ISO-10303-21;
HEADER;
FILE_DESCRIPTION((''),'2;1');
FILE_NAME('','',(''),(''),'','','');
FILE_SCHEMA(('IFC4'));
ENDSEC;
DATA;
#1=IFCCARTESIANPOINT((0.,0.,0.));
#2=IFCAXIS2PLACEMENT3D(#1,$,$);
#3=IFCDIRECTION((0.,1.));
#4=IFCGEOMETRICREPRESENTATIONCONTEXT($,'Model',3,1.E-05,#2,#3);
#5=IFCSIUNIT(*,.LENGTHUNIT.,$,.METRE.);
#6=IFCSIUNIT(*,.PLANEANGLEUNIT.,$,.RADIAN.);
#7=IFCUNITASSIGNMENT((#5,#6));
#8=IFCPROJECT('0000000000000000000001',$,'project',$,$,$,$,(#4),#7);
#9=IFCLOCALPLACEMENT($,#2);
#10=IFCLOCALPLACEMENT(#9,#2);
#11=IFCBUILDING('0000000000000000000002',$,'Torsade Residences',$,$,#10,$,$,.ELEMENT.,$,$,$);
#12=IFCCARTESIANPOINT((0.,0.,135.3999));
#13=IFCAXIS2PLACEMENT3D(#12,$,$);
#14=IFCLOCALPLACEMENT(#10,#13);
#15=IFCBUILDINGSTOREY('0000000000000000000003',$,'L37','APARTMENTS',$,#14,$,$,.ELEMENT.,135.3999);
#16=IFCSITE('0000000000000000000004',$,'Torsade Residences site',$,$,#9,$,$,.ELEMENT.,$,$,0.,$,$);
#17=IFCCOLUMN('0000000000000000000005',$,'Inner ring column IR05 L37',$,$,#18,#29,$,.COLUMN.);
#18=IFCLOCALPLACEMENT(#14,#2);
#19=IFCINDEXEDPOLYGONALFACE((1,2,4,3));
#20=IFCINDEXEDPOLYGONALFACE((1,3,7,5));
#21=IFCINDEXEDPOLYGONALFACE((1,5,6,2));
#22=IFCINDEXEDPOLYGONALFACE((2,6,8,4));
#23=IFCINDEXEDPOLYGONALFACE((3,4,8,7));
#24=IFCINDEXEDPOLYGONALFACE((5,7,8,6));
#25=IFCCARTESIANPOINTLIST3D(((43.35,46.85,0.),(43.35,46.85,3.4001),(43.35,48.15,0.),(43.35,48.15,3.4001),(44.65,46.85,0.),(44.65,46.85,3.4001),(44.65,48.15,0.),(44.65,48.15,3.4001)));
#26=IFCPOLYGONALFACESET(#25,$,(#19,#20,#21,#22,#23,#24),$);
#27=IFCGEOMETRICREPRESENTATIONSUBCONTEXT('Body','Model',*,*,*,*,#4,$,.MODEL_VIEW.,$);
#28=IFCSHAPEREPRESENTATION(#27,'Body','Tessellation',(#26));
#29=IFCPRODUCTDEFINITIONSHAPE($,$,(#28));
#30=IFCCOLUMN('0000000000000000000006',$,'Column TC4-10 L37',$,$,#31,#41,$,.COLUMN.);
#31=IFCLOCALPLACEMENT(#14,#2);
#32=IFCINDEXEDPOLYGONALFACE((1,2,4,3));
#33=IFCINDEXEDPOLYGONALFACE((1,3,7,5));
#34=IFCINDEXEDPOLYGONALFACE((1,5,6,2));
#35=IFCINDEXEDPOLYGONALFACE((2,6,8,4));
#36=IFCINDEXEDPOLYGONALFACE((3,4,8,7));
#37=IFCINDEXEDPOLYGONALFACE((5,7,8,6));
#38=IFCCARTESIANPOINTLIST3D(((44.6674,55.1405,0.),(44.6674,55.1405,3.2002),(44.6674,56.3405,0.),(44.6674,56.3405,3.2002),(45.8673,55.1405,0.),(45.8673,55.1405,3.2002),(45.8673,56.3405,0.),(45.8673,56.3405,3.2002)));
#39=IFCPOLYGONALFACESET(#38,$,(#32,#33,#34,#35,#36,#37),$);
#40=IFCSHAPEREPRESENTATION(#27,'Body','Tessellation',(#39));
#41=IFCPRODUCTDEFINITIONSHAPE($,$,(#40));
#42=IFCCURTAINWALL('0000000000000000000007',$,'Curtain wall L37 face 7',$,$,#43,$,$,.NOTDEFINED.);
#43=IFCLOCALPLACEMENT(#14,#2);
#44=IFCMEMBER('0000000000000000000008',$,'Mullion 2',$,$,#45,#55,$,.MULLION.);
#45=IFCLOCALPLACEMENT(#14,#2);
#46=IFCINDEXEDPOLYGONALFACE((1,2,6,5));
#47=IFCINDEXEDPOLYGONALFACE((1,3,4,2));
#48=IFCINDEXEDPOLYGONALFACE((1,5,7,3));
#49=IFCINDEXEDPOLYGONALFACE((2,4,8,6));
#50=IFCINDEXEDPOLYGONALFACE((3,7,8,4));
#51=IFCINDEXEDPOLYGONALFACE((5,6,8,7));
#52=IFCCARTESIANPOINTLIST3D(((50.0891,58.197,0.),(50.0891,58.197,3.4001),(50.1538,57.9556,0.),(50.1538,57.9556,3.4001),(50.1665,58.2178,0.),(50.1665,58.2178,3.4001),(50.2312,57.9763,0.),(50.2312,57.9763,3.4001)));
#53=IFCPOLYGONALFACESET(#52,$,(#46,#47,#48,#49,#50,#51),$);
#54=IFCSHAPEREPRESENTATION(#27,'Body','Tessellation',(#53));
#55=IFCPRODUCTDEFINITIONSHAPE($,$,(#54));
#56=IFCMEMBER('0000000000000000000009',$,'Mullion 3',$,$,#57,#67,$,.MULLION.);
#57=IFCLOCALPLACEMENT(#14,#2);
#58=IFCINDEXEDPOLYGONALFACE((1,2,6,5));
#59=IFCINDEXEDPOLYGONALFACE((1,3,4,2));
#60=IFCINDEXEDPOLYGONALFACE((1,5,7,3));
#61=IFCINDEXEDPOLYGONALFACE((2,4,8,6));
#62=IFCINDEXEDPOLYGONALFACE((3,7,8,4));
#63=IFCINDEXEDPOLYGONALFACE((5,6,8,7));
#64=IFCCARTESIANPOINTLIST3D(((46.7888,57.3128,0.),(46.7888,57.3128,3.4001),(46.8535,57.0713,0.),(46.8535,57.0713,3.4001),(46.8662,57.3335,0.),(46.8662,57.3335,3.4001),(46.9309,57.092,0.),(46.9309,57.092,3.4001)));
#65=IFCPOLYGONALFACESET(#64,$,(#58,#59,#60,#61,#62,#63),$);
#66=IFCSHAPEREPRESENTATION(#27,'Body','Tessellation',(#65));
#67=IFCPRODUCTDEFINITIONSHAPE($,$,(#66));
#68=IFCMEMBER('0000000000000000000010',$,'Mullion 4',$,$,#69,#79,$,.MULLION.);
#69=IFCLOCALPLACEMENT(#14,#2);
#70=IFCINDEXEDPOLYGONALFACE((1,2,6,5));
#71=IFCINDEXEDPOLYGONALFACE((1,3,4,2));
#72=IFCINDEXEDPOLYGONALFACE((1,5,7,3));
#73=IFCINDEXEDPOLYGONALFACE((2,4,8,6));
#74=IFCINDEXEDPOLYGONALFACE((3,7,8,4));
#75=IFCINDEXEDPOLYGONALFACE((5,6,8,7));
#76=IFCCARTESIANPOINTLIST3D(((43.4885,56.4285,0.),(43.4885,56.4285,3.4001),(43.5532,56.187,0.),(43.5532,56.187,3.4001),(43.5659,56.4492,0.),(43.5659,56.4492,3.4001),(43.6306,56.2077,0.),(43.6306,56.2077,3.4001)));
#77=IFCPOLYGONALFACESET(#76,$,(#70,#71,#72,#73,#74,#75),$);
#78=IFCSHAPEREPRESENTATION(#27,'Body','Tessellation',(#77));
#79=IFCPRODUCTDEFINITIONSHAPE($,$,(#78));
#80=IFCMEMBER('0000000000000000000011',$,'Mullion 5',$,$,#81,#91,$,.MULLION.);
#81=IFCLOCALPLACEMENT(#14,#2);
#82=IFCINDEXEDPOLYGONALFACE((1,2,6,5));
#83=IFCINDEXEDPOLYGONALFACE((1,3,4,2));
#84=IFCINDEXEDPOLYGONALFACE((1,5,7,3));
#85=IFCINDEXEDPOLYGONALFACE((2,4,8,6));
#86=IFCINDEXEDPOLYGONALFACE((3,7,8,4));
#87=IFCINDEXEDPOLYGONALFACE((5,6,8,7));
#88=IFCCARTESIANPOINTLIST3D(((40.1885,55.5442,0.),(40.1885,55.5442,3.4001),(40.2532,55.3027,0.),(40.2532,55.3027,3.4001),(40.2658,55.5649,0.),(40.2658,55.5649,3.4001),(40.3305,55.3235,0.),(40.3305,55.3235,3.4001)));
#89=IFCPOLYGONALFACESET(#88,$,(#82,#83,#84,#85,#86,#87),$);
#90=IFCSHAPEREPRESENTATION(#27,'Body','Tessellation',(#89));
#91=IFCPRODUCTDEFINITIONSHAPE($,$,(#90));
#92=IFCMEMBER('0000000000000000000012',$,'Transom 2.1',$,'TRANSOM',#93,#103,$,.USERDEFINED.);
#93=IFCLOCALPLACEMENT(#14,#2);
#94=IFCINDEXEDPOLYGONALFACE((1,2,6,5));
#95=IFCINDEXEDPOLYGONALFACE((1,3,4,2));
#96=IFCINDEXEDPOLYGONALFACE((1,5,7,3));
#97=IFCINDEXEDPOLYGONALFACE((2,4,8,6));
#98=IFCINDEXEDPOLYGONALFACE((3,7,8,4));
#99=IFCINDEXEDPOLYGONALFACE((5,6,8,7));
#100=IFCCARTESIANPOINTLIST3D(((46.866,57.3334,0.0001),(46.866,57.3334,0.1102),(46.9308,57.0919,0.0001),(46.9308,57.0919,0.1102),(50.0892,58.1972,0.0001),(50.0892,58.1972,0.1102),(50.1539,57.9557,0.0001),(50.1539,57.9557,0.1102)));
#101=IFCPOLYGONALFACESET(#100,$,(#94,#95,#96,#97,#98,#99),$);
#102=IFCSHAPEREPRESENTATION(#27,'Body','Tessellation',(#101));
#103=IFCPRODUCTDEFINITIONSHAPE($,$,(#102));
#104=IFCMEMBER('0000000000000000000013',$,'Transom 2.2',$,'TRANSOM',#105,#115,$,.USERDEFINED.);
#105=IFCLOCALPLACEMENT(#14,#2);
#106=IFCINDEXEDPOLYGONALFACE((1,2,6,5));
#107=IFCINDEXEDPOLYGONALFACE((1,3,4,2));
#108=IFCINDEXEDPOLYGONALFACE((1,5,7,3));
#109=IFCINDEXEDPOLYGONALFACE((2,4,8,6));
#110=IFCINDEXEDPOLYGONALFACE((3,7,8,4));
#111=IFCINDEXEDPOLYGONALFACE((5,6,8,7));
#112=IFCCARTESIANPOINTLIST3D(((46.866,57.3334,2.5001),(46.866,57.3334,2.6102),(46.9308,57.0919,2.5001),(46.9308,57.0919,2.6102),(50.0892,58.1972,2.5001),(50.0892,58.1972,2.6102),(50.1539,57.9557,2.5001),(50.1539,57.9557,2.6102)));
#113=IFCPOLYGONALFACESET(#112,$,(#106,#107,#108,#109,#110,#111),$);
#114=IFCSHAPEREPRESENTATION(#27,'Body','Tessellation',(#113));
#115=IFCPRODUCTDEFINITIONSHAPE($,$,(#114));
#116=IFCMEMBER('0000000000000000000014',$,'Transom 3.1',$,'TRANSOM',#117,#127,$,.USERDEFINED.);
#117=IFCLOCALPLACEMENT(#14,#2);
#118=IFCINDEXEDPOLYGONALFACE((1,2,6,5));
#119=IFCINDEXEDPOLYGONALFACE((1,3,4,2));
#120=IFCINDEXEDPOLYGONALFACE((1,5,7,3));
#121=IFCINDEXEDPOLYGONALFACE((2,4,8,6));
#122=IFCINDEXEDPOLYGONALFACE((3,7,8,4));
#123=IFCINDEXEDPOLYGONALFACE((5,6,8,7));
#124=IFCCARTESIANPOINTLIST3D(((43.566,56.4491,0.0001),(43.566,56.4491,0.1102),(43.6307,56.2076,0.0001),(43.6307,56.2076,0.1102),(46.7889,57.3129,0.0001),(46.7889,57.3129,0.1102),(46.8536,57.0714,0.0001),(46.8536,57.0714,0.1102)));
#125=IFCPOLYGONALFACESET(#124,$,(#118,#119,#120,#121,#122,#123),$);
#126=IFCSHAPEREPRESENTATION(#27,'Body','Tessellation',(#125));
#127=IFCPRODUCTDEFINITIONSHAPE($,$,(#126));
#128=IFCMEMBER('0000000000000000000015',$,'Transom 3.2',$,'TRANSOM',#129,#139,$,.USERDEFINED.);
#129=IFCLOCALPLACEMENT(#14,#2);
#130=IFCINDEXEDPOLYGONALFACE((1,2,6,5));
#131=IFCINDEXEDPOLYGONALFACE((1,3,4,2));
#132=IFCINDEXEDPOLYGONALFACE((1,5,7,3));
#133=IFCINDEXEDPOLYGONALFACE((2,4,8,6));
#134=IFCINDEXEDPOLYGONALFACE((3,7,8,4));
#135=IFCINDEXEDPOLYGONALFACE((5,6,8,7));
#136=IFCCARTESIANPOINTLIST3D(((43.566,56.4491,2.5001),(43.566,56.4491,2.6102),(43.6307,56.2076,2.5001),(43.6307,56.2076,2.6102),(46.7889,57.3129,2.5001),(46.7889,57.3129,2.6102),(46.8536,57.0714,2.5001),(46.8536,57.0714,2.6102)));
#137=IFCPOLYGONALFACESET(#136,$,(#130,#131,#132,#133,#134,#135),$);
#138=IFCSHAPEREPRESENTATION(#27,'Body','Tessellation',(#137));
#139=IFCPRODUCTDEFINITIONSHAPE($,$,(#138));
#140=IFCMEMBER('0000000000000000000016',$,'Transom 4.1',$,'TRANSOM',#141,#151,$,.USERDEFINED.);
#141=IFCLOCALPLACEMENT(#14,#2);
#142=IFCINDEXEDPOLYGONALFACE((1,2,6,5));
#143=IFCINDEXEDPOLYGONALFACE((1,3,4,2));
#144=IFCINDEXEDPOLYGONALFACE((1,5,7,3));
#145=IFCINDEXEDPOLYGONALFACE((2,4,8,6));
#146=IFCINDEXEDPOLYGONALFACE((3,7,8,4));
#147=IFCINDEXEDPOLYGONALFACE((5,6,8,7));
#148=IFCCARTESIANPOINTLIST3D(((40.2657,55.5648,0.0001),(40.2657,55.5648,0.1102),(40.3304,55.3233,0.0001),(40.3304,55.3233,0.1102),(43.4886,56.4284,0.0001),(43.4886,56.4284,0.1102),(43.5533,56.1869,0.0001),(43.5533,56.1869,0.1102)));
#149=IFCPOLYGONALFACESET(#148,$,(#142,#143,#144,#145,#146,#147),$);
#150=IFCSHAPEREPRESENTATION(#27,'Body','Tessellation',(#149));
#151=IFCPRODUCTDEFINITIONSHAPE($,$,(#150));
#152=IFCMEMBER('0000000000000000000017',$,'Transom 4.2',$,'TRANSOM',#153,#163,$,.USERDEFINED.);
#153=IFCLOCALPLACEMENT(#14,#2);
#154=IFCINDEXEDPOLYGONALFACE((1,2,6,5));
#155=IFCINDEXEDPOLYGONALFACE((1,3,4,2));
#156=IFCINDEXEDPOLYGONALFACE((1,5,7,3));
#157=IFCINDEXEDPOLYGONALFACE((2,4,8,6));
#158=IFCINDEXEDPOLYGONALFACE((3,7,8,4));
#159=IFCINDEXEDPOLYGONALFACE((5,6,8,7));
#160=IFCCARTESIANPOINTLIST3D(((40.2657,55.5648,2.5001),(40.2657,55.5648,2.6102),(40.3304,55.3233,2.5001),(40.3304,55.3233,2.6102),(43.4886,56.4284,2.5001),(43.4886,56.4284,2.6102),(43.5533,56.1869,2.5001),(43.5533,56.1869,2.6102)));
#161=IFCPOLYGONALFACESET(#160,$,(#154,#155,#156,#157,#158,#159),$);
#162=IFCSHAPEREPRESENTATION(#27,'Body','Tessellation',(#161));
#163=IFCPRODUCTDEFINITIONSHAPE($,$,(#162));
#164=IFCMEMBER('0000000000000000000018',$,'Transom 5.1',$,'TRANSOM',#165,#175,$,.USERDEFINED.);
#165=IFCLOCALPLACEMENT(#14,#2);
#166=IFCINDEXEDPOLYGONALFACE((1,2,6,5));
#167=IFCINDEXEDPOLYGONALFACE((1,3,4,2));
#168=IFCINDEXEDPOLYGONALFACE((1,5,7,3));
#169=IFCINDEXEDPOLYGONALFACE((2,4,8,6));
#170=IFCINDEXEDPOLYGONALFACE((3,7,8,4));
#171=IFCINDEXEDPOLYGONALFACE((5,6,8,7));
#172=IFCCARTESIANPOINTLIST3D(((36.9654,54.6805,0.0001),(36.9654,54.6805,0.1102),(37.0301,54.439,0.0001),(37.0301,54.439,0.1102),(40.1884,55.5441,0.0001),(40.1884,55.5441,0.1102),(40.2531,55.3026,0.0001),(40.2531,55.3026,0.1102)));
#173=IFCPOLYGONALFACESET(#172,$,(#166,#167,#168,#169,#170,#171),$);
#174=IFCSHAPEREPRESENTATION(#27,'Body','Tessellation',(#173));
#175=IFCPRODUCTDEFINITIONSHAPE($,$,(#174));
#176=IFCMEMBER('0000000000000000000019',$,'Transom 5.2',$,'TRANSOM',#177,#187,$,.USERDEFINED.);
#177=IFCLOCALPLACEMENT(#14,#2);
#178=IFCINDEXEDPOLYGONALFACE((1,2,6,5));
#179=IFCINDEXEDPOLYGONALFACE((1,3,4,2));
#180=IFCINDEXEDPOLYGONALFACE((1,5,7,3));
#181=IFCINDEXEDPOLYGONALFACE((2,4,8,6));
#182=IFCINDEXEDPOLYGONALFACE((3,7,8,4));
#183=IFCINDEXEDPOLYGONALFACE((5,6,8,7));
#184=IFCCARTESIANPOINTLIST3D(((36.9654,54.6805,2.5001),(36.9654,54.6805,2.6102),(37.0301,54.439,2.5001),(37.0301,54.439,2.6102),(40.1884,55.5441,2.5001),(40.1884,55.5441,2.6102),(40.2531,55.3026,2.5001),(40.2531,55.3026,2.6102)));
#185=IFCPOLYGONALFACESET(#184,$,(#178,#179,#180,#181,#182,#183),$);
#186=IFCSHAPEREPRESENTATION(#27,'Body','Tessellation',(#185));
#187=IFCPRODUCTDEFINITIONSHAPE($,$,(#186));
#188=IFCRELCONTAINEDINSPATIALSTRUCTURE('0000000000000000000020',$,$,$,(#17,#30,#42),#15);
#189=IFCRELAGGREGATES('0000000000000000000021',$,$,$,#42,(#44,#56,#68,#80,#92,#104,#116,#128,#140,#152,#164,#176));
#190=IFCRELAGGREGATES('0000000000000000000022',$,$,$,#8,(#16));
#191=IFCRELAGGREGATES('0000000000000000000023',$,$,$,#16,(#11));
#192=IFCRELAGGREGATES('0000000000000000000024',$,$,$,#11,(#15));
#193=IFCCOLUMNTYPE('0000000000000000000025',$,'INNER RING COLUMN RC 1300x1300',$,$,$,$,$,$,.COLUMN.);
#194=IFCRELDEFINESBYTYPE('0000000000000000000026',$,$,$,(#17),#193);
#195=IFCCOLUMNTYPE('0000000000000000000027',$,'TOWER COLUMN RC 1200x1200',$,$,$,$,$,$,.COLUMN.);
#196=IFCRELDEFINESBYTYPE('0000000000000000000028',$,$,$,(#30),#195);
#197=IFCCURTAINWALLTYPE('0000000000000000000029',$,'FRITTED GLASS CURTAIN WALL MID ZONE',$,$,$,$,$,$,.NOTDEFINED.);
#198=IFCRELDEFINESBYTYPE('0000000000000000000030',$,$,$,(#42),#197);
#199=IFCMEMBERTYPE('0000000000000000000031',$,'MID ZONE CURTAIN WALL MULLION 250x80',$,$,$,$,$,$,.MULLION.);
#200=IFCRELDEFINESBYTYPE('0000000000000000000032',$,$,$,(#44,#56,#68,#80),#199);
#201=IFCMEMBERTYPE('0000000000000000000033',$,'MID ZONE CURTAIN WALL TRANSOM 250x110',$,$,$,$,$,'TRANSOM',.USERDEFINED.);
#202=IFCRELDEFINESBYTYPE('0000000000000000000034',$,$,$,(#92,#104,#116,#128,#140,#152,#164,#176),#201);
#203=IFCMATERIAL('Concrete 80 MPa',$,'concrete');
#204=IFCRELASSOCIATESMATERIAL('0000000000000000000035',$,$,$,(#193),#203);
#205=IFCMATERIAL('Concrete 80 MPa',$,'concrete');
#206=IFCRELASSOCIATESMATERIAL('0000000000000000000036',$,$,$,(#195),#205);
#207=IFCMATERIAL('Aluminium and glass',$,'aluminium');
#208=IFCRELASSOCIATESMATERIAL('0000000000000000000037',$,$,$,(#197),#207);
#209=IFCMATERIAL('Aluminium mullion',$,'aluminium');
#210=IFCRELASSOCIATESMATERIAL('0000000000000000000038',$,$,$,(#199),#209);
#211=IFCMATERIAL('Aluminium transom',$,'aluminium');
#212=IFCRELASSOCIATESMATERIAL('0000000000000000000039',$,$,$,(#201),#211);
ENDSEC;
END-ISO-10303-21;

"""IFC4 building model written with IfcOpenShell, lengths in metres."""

from ifc_helpers import new_model, si_unit, direction, frame, origin, origin_2d, place, context, subcontext, project, spatial, rectangle, extrude, material, material_profile, profile_set, type_object, element, aggregate, save


model = new_model("IFC4")

# Units and contexts
model_context = context("Model", 3, precision=1e-05, world=origin(), true_north=direction((0.0, 1.0)))
body_context = subcontext(model_context, "Body", "Model", "MODEL_VIEW")
ifc_project = project(units=[si_unit("LENGTHUNIT", "METRE"), si_unit("PLANEANGLEUNIT", "RADIAN")], contexts=[model_context])

# Site, building, storey
site_placement = place(None, origin())
site = spatial("IfcSite", under=ifc_project, at=site_placement, Name="Torsade Residences site", CompositionType="ELEMENT", RefElevation=0.0)
building_placement = place(site_placement, origin())
building = spatial("IfcBuilding", under=site, at=building_placement, Name="Torsade Residences", CompositionType="ELEMENT")
storey_placement = place(building_placement, frame((0.0, 0.0, 135.3999)))
storey = spatial("IfcBuildingStorey", under=building, at=storey_placement, Name="L37", Description="APARTMENTS", CompositionType="ELEMENT", Elevation=135.3999)

# Columns
ifc_material_1 = material(Name="Concrete 80 MPa", Category="concrete")
ifc_material_profile_1 = material_profile(ifc_material_1, rectangle(XDim=1.3, YDim=1.3, at=origin_2d()), Name="RC 1300x1300")
ifc_profile_set_1 = profile_set([ifc_material_profile_1], Name="Concrete 80 MPa")
column_type_1 = type_object("IfcColumnType", Name="INNER RING COLUMN RC 1300x1300", PredefinedType="COLUMN", material=ifc_profile_set_1)
column_1_placement = place(storey_placement, frame((44.0, 47.5, 0.0), z_axis=(0.0, 0.0, 1.0), x_axis=(1.0, 0.0, 0.0)))
element("IfcColumn", 1, at=column_1_placement, inside=storey, type_object=column_type_1, Name="Inner ring column IR05 L37", PredefinedType="COLUMN", context=body_context, shape_type="SweptSolid", body=[
    extrude(rectangle(XDim=1.3, YDim=1.3, at=origin_2d()), origin(), (0.0, 0.0, 1.0), 3.4001),
])
ifc_material_2 = material(Name="Concrete 80 MPa", Category="concrete")
ifc_material_profile_2 = material_profile(ifc_material_2, rectangle(XDim=1.2, YDim=1.2, at=origin_2d()), Name="RC 1200x1200")
ifc_profile_set_2 = profile_set([ifc_material_profile_2], Name="Concrete 80 MPa")
column_type_2 = type_object("IfcColumnType", Name="TOWER COLUMN RC 1200x1200", PredefinedType="COLUMN", material=ifc_profile_set_2)
column_2_placement = place(storey_placement, frame((45.2673, 55.7405, 0.0), z_axis=(0.0, 0.0, 1.0), x_axis=(1.0, 0.0, 0.0)))
element("IfcColumn", 2, at=column_2_placement, inside=storey, type_object=column_type_2, Name="Column TC4-10 L37", PredefinedType="COLUMN", context=body_context, shape_type="SweptSolid", body=[
    extrude(rectangle(XDim=1.2, YDim=1.2, at=origin_2d()), origin(), (0.0, 0.0, 1.0), 3.2002),
])

# Curtain wall, members
ifc_material_3 = material(Name="Aluminium and glass", Category="aluminium")
curtain_wall_type = type_object("IfcCurtainWallType", Name="FRITTED GLASS CURTAIN WALL MID ZONE", PredefinedType="NOTDEFINED", material=ifc_material_3)
curtain_wall_placement = place(storey_placement, origin())
curtain_wall = element("IfcCurtainWall", 3, at=curtain_wall_placement, inside=storey, type_object=curtain_wall_type, Name="Curtain wall L37 face 7", PredefinedType="NOTDEFINED")
ifc_material_4 = material(Name="Aluminium mullion", Category="aluminium")
ifc_material_profile_3 = material_profile(ifc_material_4, rectangle(XDim=0.25, YDim=0.0801, at=origin_2d()), Name="MID ZONE CURTAIN WALL MULLION 250x80")
ifc_profile_set_3 = profile_set([ifc_material_profile_3], Name="Aluminium mullion")
member_type_1 = type_object("IfcMemberType", Name="MID ZONE CURTAIN WALL MULLION 250x80", PredefinedType="MULLION", material=ifc_profile_set_3)
member_1_placement = place(storey_placement, frame((50.1602, 58.0867, 0.0), z_axis=(0.0, 0.0, 1.0), x_axis=(0.258819, -0.965926, 0.0)))
member_1 = element("IfcMember", 4, at=member_1_placement, type_object=member_type_1, Name="Mullion 2", PredefinedType="MULLION", context=body_context, shape_type="SweptSolid", body=[
    extrude(rectangle(XDim=0.25, YDim=0.0801, at=origin_2d()), origin(), (0.0, 0.0, 1.0), 3.4001),
])
member_2_placement = place(storey_placement, frame((46.8599, 57.2024, 0.0), z_axis=(0.0, 0.0, 1.0), x_axis=(0.258819, -0.965926, 0.0)))
member_2 = element("IfcMember", 5, at=member_2_placement, type_object=member_type_1, Name="Mullion 3", PredefinedType="MULLION", context=body_context, shape_type="SweptSolid", body=[
    extrude(rectangle(XDim=0.25, YDim=0.0801, at=origin_2d()), origin(), (0.0, 0.0, 1.0), 3.4001),
])
member_3_placement = place(storey_placement, frame((43.5596, 56.3181, 0.0), z_axis=(0.0, 0.0, 1.0), x_axis=(0.258819, -0.965926, 0.0)))
member_3 = element("IfcMember", 6, at=member_3_placement, type_object=member_type_1, Name="Mullion 4", PredefinedType="MULLION", context=body_context, shape_type="SweptSolid", body=[
    extrude(rectangle(XDim=0.25, YDim=0.0801, at=origin_2d()), origin(), (0.0, 0.0, 1.0), 3.4001),
])
member_4_placement = place(storey_placement, frame((40.2595, 55.4338, 0.0), z_axis=(0.0, 0.0, 1.0), x_axis=(0.258819, -0.965926, 0.0)))
member_4 = element("IfcMember", 7, at=member_4_placement, type_object=member_type_1, Name="Mullion 5", PredefinedType="MULLION", context=body_context, shape_type="SweptSolid", body=[
    extrude(rectangle(XDim=0.25, YDim=0.0801, at=origin_2d()), origin(), (0.0, 0.0, 1.0), 3.4001),
])
ifc_material_5 = material(Name="Aluminium transom", Category="aluminium")
ifc_material_profile_4 = material_profile(ifc_material_5, rectangle(XDim=0.25, YDim=0.1101, at=origin_2d()), Name="MID ZONE CURTAIN WALL TRANSOM 250x110")
ifc_profile_set_4 = profile_set([ifc_material_profile_4], Name="Aluminium transom")
member_type_2 = type_object("IfcMemberType", Name="MID ZONE CURTAIN WALL TRANSOM 250x110", ElementType="TRANSOM", PredefinedType="USERDEFINED", material=ifc_profile_set_4)
member_5_placement = place(storey_placement, frame((50.1216, 58.0764, 0.0552), z_axis=(-0.965916, -0.258856, 0.0), x_axis=(0.258856, -0.965916, 0.0)))
member_5 = element("IfcMember", 8, at=member_5_placement, type_object=member_type_2, Name="Transom 2.1", ObjectType="TRANSOM", PredefinedType="USERDEFINED", context=body_context, shape_type="SweptSolid", body=[
    extrude(rectangle(XDim=0.25, YDim=0.1101, at=origin_2d()), origin(), (0.0, 0.0, 1.0), 3.3369),
])
member_6_placement = place(storey_placement, frame((50.1216, 58.0764, 2.5552), z_axis=(-0.965916, -0.258856, 0.0), x_axis=(0.258856, -0.965916, 0.0)))
member_6 = element("IfcMember", 9, at=member_6_placement, type_object=member_type_2, Name="Transom 2.2", ObjectType="TRANSOM", PredefinedType="USERDEFINED", context=body_context, shape_type="SweptSolid", body=[
    extrude(rectangle(XDim=0.25, YDim=0.1101, at=origin_2d()), origin(), (0.0, 0.0, 1.0), 3.3369),
])
member_7_placement = place(storey_placement, frame((46.8213, 57.1921, 0.0552), z_axis=(-0.965911, -0.258874, 0.0), x_axis=(0.258874, -0.965911, 0.0)))
member_7 = element("IfcMember", 10, at=member_7_placement, type_object=member_type_2, Name="Transom 3.1", ObjectType="TRANSOM", PredefinedType="USERDEFINED", context=body_context, shape_type="SweptSolid", body=[
    extrude(rectangle(XDim=0.25, YDim=0.1101, at=origin_2d()), origin(), (0.0, 0.0, 1.0), 3.3367),
])
member_8_placement = place(storey_placement, frame((46.8213, 57.1921, 2.5552), z_axis=(-0.965911, -0.258874, 0.0), x_axis=(0.258874, -0.965911, 0.0)))
member_8 = element("IfcMember", 11, at=member_8_placement, type_object=member_type_2, Name="Transom 3.2", ObjectType="TRANSOM", PredefinedType="USERDEFINED", context=body_context, shape_type="SweptSolid", body=[
    extrude(rectangle(XDim=0.25, YDim=0.1101, at=origin_2d()), origin(), (0.0, 0.0, 1.0), 3.3367),
])
member_9_placement = place(storey_placement, frame((43.521, 56.3076, 0.0552), z_axis=(-0.965929, -0.258806, 0.0), x_axis=(0.258806, -0.965929, 0.0)))
member_9 = element("IfcMember", 12, at=member_9_placement, type_object=member_type_2, Name="Transom 4.1", ObjectType="TRANSOM", PredefinedType="USERDEFINED", context=body_context, shape_type="SweptSolid", body=[
    extrude(rectangle(XDim=0.25, YDim=0.1101, at=origin_2d()), origin(), (0.0, 0.0, 1.0), 3.3367),
])
member_10_placement = place(storey_placement, frame((43.521, 56.3076, 2.5552), z_axis=(-0.965929, -0.258806, 0.0), x_axis=(0.258806, -0.965929, 0.0)))
member_10 = element("IfcMember", 13, at=member_10_placement, type_object=member_type_2, Name="Transom 4.2", ObjectType="TRANSOM", PredefinedType="USERDEFINED", context=body_context, shape_type="SweptSolid", body=[
    extrude(rectangle(XDim=0.25, YDim=0.1101, at=origin_2d()), origin(), (0.0, 0.0, 1.0), 3.3367),
])
member_11_placement = place(storey_placement, frame((40.2207, 55.4233, 0.0552), z_axis=(-0.965929, -0.258806, 0.0), x_axis=(0.258806, -0.965929, 0.0)))
member_11 = element("IfcMember", 14, at=member_11_placement, type_object=member_type_2, Name="Transom 5.1", ObjectType="TRANSOM", PredefinedType="USERDEFINED", context=body_context, shape_type="SweptSolid", body=[
    extrude(rectangle(XDim=0.25, YDim=0.1101, at=origin_2d()), origin(), (0.0, 0.0, 1.0), 3.3367),
])
member_12_placement = place(storey_placement, frame((40.2207, 55.4233, 2.5552), z_axis=(-0.965929, -0.258806, 0.0), x_axis=(0.258806, -0.965929, 0.0)))
member_12 = element("IfcMember", 15, at=member_12_placement, type_object=member_type_2, Name="Transom 5.2", ObjectType="TRANSOM", PredefinedType="USERDEFINED", context=body_context, shape_type="SweptSolid", body=[
    extrude(rectangle(XDim=0.25, YDim=0.1101, at=origin_2d()), origin(), (0.0, 0.0, 1.0), 3.3367),
])

aggregate(curtain_wall, [member_1, member_2, member_3, member_4, member_5, member_6, member_7, member_8, member_9, member_10, member_11, member_12])

save(model, "model.ifc")
